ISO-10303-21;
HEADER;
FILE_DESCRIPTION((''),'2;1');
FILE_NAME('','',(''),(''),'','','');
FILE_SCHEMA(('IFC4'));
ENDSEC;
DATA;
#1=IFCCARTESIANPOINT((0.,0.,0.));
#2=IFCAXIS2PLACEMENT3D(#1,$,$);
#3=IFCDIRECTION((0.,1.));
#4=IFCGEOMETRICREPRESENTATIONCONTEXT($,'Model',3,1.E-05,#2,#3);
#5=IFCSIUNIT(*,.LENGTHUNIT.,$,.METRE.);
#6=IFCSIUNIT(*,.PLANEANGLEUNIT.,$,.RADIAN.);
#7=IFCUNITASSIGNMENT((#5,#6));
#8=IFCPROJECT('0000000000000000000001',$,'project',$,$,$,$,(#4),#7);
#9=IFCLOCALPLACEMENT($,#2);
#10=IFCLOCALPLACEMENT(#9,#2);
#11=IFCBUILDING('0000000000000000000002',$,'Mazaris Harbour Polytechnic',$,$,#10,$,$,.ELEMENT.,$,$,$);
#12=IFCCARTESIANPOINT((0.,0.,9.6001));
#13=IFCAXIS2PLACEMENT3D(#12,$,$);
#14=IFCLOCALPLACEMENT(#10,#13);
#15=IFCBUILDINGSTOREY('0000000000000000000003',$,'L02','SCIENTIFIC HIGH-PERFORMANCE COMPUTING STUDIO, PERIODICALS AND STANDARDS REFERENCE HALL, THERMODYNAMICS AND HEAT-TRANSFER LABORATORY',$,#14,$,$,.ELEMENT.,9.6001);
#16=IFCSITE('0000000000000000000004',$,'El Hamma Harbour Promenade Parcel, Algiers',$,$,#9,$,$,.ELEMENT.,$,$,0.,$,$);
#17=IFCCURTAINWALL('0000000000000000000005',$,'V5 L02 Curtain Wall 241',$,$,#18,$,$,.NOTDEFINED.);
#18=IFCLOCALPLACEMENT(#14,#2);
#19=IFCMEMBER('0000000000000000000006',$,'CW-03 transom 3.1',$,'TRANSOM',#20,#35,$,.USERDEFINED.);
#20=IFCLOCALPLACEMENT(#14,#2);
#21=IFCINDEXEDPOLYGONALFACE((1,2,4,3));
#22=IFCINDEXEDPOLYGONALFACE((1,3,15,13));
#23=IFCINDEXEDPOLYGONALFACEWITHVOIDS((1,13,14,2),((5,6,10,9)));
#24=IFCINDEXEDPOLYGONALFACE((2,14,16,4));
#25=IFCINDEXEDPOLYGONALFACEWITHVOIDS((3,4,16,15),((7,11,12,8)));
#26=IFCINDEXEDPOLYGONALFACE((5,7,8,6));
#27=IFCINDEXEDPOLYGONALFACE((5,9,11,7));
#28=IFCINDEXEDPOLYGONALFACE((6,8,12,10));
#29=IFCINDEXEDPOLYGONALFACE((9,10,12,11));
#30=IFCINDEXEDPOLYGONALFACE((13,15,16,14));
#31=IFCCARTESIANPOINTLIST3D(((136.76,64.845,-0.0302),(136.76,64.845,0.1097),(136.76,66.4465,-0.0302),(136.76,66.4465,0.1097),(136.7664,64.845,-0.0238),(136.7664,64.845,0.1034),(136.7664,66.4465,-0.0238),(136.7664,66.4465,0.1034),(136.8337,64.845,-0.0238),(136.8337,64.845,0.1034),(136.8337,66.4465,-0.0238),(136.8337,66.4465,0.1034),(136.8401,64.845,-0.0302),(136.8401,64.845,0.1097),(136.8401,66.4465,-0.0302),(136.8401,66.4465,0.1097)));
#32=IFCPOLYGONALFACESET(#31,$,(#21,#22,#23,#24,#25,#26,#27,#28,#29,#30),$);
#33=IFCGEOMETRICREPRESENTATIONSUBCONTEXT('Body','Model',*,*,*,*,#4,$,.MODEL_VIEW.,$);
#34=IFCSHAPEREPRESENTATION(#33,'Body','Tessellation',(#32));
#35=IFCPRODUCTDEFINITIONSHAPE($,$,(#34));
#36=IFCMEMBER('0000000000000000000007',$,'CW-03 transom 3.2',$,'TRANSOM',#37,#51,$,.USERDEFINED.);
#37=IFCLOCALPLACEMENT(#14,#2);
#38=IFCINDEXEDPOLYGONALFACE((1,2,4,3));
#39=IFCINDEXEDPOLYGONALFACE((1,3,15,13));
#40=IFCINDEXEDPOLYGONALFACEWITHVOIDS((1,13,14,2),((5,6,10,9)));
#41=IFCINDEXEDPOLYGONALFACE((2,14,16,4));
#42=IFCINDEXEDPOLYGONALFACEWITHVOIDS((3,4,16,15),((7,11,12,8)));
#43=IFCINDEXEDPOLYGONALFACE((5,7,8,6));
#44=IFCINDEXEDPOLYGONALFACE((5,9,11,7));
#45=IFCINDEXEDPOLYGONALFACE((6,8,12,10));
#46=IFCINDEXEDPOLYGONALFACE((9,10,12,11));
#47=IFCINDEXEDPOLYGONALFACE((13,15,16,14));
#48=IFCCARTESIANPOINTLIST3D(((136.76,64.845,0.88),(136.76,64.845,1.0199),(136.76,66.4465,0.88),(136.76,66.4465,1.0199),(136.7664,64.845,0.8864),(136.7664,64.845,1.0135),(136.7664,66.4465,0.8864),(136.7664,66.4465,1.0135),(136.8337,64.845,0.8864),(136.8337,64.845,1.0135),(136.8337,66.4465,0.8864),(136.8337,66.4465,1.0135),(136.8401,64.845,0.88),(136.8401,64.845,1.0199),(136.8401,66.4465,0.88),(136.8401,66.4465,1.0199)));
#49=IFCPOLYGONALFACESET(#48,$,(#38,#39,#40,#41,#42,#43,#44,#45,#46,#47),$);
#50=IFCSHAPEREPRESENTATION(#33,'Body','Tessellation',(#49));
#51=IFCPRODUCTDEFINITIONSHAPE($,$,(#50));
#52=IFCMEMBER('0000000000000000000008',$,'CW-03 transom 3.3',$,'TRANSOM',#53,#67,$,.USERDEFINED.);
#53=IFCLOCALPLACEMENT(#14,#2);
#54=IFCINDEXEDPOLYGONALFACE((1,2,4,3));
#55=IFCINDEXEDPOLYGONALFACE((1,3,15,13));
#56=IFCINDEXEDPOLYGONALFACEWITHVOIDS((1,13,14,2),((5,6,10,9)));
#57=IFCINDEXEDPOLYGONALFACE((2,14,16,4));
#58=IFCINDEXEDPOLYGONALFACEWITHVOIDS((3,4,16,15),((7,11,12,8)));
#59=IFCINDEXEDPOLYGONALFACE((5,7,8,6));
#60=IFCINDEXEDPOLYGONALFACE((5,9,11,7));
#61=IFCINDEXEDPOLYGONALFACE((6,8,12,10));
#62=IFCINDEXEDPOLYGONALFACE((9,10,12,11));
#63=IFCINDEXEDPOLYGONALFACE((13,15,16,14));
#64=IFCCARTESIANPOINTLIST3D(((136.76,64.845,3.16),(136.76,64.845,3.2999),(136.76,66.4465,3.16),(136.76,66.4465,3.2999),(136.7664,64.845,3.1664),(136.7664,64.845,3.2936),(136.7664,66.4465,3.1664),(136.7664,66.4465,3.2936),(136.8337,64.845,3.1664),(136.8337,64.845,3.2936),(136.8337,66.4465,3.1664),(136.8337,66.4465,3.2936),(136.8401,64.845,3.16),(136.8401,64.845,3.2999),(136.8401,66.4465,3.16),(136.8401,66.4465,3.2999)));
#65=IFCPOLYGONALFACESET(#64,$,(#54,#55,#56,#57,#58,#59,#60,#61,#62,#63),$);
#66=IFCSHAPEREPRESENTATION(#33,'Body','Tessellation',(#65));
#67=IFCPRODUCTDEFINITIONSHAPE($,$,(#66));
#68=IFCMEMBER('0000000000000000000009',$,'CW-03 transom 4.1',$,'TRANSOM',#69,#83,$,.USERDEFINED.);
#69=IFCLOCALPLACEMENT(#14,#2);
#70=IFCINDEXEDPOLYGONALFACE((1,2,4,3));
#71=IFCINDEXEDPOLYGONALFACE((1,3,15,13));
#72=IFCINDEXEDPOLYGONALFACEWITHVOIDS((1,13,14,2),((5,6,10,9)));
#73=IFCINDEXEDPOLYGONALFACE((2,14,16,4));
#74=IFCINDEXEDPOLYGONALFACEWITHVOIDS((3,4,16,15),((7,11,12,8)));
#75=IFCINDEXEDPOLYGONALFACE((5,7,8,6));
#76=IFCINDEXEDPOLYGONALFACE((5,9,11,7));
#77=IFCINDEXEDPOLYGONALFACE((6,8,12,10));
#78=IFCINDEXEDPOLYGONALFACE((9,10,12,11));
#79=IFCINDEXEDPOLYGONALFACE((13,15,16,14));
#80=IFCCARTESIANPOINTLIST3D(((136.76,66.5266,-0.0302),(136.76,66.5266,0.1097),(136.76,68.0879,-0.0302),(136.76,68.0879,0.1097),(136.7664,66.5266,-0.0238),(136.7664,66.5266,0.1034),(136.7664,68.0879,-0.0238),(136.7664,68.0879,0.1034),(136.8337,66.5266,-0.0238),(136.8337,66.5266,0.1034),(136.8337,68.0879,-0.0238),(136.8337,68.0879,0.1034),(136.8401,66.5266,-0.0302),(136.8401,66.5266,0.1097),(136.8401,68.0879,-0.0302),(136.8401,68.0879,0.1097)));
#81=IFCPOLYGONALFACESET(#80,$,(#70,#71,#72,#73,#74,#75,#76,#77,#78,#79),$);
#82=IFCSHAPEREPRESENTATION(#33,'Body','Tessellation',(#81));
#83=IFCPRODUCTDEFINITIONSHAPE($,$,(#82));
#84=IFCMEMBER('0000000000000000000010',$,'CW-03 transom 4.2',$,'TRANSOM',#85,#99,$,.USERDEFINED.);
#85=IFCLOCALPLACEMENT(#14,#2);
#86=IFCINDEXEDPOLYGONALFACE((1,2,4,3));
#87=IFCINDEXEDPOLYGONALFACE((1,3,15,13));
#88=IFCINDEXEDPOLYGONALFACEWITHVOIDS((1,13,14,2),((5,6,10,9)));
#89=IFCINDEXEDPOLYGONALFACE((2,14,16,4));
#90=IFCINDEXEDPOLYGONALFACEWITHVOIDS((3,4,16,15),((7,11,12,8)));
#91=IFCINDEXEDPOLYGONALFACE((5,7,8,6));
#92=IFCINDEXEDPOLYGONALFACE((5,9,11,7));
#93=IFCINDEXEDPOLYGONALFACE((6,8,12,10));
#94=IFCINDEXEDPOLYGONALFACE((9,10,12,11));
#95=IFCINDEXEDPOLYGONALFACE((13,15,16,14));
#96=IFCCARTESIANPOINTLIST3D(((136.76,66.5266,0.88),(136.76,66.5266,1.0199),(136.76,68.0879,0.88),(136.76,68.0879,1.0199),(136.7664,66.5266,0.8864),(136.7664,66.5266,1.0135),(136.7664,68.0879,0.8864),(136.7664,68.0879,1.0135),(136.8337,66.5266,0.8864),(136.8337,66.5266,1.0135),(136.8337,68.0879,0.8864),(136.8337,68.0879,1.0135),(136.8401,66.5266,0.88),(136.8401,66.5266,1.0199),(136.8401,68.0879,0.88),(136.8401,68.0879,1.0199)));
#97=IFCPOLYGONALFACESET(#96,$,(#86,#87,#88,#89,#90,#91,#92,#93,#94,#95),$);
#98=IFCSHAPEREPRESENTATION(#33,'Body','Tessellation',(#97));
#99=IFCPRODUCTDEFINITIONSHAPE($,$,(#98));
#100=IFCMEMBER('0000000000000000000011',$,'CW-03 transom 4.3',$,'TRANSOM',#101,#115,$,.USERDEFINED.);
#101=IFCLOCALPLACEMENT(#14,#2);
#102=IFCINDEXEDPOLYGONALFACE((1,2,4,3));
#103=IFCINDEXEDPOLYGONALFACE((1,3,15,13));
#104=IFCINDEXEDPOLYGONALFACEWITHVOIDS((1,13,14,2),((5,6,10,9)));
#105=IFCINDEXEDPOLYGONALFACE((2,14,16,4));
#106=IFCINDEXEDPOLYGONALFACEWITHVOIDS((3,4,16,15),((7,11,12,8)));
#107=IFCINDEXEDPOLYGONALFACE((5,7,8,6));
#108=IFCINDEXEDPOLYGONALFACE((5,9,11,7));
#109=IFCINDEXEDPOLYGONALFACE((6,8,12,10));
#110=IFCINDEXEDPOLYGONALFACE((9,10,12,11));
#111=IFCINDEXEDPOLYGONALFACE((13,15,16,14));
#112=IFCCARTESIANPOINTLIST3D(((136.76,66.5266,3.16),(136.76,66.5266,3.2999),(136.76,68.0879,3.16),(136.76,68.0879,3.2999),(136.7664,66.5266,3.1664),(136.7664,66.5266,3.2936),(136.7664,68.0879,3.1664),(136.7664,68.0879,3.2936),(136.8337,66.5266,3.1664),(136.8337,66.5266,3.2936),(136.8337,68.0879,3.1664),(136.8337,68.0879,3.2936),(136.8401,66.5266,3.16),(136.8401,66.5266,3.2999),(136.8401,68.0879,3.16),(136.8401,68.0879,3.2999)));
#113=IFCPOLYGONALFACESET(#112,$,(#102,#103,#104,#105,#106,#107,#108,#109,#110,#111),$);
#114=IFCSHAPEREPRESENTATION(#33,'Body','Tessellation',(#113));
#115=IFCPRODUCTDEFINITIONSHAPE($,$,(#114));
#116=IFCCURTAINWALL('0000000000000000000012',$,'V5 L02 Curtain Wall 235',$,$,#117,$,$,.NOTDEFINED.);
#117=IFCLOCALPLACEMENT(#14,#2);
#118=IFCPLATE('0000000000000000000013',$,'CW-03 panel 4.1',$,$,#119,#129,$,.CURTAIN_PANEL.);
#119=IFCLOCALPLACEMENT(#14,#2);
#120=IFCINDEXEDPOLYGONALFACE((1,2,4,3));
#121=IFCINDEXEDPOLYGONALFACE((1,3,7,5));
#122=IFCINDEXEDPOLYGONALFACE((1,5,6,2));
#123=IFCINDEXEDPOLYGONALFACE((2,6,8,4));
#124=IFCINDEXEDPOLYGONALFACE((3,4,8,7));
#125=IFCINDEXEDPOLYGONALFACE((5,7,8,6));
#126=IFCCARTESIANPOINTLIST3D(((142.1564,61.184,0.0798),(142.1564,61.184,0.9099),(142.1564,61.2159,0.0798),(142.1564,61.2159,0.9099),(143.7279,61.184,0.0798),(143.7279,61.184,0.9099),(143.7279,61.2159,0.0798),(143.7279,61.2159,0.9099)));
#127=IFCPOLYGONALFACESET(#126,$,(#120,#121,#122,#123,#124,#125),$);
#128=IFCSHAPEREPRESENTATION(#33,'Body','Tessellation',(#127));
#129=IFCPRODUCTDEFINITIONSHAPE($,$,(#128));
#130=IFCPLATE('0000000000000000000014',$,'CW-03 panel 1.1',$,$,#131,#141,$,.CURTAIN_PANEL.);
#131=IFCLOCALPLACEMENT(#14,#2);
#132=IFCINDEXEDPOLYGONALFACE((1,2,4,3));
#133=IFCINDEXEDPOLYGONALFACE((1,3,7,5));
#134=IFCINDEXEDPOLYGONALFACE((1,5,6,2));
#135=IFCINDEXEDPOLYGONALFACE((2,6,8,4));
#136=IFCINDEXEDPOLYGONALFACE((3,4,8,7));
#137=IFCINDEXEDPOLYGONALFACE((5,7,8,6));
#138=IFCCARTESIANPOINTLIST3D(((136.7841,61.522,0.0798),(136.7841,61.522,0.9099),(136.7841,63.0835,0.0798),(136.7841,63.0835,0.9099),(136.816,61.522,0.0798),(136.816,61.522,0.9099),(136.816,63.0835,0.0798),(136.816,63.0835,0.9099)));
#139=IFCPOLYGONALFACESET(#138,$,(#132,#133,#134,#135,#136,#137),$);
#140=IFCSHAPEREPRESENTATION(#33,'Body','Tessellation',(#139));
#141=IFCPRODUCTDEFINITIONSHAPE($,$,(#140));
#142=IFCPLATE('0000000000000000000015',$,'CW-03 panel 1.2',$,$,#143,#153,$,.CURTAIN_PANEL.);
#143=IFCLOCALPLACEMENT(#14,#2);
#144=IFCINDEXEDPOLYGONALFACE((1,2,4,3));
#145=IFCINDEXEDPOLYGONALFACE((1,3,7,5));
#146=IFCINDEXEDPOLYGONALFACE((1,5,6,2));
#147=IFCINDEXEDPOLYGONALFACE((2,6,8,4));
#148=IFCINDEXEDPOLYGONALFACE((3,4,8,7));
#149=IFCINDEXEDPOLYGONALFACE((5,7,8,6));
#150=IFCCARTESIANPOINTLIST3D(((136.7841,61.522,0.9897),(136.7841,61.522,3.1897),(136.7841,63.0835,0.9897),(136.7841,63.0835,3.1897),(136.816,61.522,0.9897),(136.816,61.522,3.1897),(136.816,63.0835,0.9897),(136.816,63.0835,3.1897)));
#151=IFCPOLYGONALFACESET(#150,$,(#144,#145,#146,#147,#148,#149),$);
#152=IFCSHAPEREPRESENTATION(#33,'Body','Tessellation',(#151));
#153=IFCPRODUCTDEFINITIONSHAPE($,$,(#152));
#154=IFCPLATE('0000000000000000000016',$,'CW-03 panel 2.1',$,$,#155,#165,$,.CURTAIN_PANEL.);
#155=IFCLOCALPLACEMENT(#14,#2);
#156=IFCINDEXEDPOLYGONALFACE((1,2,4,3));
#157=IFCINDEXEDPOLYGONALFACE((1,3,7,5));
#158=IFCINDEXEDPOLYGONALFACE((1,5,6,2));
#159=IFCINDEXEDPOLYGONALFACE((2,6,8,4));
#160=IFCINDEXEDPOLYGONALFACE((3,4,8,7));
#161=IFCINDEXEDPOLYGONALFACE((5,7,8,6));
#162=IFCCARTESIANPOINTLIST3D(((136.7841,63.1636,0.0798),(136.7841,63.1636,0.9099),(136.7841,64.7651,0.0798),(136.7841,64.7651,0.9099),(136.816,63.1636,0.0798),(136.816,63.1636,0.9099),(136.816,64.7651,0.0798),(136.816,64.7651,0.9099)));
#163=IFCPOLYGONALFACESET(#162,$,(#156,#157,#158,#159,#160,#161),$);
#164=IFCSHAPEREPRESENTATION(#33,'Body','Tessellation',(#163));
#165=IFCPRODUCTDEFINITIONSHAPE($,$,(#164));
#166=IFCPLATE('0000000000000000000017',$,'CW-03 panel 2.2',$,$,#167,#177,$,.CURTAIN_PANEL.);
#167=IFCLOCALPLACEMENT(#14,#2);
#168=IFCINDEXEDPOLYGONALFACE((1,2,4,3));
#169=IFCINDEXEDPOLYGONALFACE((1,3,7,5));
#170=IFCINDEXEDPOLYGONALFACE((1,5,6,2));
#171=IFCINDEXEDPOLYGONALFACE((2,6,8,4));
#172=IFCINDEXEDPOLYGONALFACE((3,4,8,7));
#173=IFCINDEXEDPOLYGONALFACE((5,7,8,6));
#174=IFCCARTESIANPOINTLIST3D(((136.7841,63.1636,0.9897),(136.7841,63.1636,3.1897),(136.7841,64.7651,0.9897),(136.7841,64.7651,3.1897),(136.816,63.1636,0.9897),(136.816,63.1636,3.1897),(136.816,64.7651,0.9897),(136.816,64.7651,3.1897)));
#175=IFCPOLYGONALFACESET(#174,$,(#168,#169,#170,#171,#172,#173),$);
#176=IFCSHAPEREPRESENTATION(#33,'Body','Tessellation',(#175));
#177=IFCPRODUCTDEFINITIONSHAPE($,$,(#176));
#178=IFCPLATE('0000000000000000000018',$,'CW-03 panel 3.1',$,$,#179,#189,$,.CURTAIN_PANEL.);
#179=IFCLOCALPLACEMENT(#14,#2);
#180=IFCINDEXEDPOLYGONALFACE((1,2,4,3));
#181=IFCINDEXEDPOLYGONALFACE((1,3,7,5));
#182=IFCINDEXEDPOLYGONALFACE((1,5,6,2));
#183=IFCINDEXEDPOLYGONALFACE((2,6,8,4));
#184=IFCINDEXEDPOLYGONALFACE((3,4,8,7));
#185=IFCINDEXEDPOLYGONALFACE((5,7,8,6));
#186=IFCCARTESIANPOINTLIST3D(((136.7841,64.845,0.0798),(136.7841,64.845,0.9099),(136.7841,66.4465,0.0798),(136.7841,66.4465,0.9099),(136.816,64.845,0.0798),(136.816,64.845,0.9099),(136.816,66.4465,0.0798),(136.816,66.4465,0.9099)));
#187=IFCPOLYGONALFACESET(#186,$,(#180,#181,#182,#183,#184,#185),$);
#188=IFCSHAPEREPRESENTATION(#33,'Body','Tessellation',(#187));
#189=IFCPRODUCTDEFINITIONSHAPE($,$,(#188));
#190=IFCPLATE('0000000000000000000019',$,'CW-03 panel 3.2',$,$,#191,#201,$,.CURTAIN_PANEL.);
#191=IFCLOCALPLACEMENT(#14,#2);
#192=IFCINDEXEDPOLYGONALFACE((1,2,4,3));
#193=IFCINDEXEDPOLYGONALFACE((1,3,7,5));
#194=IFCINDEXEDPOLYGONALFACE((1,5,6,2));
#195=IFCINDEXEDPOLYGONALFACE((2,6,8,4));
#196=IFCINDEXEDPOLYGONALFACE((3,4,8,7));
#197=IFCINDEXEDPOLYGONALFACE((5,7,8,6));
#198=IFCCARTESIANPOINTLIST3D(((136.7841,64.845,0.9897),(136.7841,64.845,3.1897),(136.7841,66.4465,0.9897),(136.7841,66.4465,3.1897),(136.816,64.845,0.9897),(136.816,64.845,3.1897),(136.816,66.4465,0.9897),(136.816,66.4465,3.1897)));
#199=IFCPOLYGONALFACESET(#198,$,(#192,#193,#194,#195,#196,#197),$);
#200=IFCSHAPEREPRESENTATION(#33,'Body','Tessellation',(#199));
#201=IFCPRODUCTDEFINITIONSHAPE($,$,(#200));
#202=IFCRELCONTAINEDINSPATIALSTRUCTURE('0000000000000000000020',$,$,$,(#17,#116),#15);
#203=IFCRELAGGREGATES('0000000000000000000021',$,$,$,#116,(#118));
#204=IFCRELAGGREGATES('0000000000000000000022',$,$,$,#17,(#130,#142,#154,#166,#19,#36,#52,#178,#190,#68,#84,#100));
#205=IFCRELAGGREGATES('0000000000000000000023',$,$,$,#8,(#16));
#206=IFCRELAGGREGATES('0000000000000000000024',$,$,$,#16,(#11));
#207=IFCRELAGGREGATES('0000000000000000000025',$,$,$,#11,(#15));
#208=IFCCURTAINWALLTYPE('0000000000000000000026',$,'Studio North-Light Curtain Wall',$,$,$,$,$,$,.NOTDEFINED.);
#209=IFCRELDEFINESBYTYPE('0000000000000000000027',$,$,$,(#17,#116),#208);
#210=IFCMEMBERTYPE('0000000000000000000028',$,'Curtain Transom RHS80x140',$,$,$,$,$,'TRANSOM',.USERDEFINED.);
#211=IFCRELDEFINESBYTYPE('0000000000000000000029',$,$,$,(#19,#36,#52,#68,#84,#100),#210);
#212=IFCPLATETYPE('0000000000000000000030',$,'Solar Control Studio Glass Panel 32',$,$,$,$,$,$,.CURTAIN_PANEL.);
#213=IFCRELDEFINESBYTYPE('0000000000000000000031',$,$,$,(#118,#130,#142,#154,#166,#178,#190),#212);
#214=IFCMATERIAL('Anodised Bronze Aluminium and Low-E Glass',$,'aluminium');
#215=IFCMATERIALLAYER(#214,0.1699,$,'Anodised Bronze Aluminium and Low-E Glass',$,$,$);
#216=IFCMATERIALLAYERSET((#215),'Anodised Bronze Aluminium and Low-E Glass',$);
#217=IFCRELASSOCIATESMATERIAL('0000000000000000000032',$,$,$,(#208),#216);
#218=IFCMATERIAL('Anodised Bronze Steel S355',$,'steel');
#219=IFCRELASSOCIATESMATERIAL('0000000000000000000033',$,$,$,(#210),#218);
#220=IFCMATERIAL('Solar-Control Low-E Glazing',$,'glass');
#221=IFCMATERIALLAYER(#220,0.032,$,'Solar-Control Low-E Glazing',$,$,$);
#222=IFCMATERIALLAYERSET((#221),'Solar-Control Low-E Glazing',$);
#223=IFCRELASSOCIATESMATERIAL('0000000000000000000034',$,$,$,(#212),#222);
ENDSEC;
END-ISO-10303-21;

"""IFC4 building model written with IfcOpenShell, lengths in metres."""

from ifc_helpers import new_model, si_unit, direction, frame, origin, origin_2d, place, context, subcontext, project, spatial, rectangle, hollow_rectangle, extrude, material, layer, layer_set, material_profile, profile_set, type_object, element, aggregate, save


model = new_model("IFC4")

# Units and contexts
model_context = context("Model", 3, precision=1e-05, world=origin(), true_north=direction((0.0, 1.0)))
body_context = subcontext(model_context, "Body", "Model", "MODEL_VIEW")
ifc_project = project(units=[si_unit("LENGTHUNIT", "METRE"), si_unit("PLANEANGLEUNIT", "RADIAN")], contexts=[model_context])

# Site, building, storey
site_placement = place(None, origin())
site = spatial("IfcSite", under=ifc_project, at=site_placement, Name="El Hamma Harbour Promenade Parcel, Algiers", CompositionType="ELEMENT", RefElevation=0.0)
building_placement = place(site_placement, origin())
building = spatial("IfcBuilding", under=site, at=building_placement, Name="Mazaris Harbour Polytechnic", CompositionType="ELEMENT")
storey_placement = place(building_placement, frame((0.0, 0.0, 9.6001)))
storey = spatial("IfcBuildingStorey", under=building, at=storey_placement, Name="L02", Description="SCIENTIFIC HIGH-PERFORMANCE COMPUTING STUDIO, PERIODICALS AND STANDARDS REFERENCE HALL, THERMODYNAMICS AND HEAT-TRANSFER LABORATORY", CompositionType="ELEMENT", Elevation=9.6001)

# Curtain wall, members
ifc_material_1 = material(Name="Anodised Bronze Aluminium and Low-E Glass", Category="aluminium")
ifc_layer_1 = layer(ifc_material_1, 0.1699, Name="Anodised Bronze Aluminium and Low-E Glass")
ifc_layer_set_1 = layer_set([ifc_layer_1], Name="Anodised Bronze Aluminium and Low-E Glass")
curtain_wall_type = type_object("IfcCurtainWallType", Name="Studio North-Light Curtain Wall", PredefinedType="NOTDEFINED", material=ifc_layer_set_1)
curtain_wall_1_placement = place(storey_placement, origin())
curtain_wall_1 = element("IfcCurtainWall", 1, at=curtain_wall_1_placement, inside=storey, type_object=curtain_wall_type, Name="V5 L02 Curtain Wall 241", PredefinedType="NOTDEFINED")
ifc_material_2 = material(Name="Anodised Bronze Steel S355", Category="steel")
ifc_material_profile_1 = material_profile(ifc_material_2, hollow_rectangle(XDim=0.0801, YDim=0.1399, WallThickness=0.0063, at=origin_2d()), Name="RHS 80x140x6.3")
ifc_profile_set_1 = profile_set([ifc_material_profile_1], Name="Anodised Bronze Steel S355")
member_type_1 = type_object("IfcMemberType", Name="Curtain Transom RHS80x140", ElementType="TRANSOM", PredefinedType="USERDEFINED", material=ifc_profile_set_1)
member_1_placement = place(storey_placement, frame((136.8, 64.845, 0.0398), z_axis=(0.0, 1.0, 0.0), x_axis=(-1.0, 0.0, 0.0)))
member_1 = element("IfcMember", 2, at=member_1_placement, type_object=member_type_1, Name="CW-03 transom 3.1", ObjectType="TRANSOM", PredefinedType="USERDEFINED", context=body_context, shape_type="SweptSolid", body=[
    extrude(hollow_rectangle(XDim=0.0801, YDim=0.1399, WallThickness=0.0063, at=origin_2d()), origin(), (0.0, 0.0, 1.0), 1.6016),
])
member_2_placement = place(storey_placement, frame((136.8, 64.845, 0.95), z_axis=(0.0, 1.0, 0.0), x_axis=(-1.0, 0.0, 0.0)))
member_2 = element("IfcMember", 3, at=member_2_placement, type_object=member_type_1, Name="CW-03 transom 3.2", ObjectType="TRANSOM", PredefinedType="USERDEFINED", context=body_context, shape_type="SweptSolid", body=[
    extrude(hollow_rectangle(XDim=0.0801, YDim=0.1399, WallThickness=0.0063, at=origin_2d()), origin(), (0.0, 0.0, 1.0), 1.6016),
])
member_3_placement = place(storey_placement, frame((136.8, 64.845, 3.23), z_axis=(0.0, 1.0, 0.0), x_axis=(-1.0, 0.0, 0.0)))
member_3 = element("IfcMember", 4, at=member_3_placement, type_object=member_type_1, Name="CW-03 transom 3.3", ObjectType="TRANSOM", PredefinedType="USERDEFINED", context=body_context, shape_type="SweptSolid", body=[
    extrude(hollow_rectangle(XDim=0.0801, YDim=0.1399, WallThickness=0.0063, at=origin_2d()), origin(), (0.0, 0.0, 1.0), 1.6016),
])
member_4_placement = place(storey_placement, frame((136.8, 66.5266, 0.0398), z_axis=(0.0, 1.0, 0.0), x_axis=(-1.0, 0.0, 0.0)))
member_4 = element("IfcMember", 5, at=member_4_placement, type_object=member_type_1, Name="CW-03 transom 4.1", ObjectType="TRANSOM", PredefinedType="USERDEFINED", context=body_context, shape_type="SweptSolid", body=[
    extrude(hollow_rectangle(XDim=0.0801, YDim=0.1399, WallThickness=0.0063, at=origin_2d()), origin(), (0.0, 0.0, 1.0), 1.5613),
])
member_5_placement = place(storey_placement, frame((136.8, 66.5266, 0.95), z_axis=(0.0, 1.0, 0.0), x_axis=(-1.0, 0.0, 0.0)))
member_5 = element("IfcMember", 6, at=member_5_placement, type_object=member_type_1, Name="CW-03 transom 4.2", ObjectType="TRANSOM", PredefinedType="USERDEFINED", context=body_context, shape_type="SweptSolid", body=[
    extrude(hollow_rectangle(XDim=0.0801, YDim=0.1399, WallThickness=0.0063, at=origin_2d()), origin(), (0.0, 0.0, 1.0), 1.5613),
])
member_6_placement = place(storey_placement, frame((136.8, 66.5266, 3.23), z_axis=(0.0, 1.0, 0.0), x_axis=(-1.0, 0.0, 0.0)))
member_6 = element("IfcMember", 7, at=member_6_placement, type_object=member_type_1, Name="CW-03 transom 4.3", ObjectType="TRANSOM", PredefinedType="USERDEFINED", context=body_context, shape_type="SweptSolid", body=[
    extrude(hollow_rectangle(XDim=0.0801, YDim=0.1399, WallThickness=0.0063, at=origin_2d()), origin(), (0.0, 0.0, 1.0), 1.5613),
])

# Curtain wall, plate
curtain_wall_2_placement = place(storey_placement, origin())
curtain_wall_2 = element("IfcCurtainWall", 8, at=curtain_wall_2_placement, inside=storey, type_object=curtain_wall_type, Name="V5 L02 Curtain Wall 235", PredefinedType="NOTDEFINED")
ifc_material_3 = material(Name="Solar-Control Low-E Glazing", Category="glass")
ifc_layer_2 = layer(ifc_material_3, 0.032, Name="Solar-Control Low-E Glazing")
ifc_layer_set_2 = layer_set([ifc_layer_2], Name="Solar-Control Low-E Glazing")
plate_type = type_object("IfcPlateType", Name="Solar Control Studio Glass Panel 32", PredefinedType="CURTAIN_PANEL", material=ifc_layer_set_2)
plate_1_placement = place(storey_placement, frame((142.9421, 61.2, 0.0798), z_axis=(0.0, 0.0, 1.0), x_axis=(1.0, 0.0, 0.0)))
plate_1 = element("IfcPlate", 9, at=plate_1_placement, type_object=plate_type, Name="CW-03 panel 4.1", PredefinedType="CURTAIN_PANEL", context=body_context, shape_type="SweptSolid", body=[
    extrude(rectangle(XDim=1.5715, YDim=0.032, at=origin_2d()), origin(), (0.0, 0.0, 1.0), 0.8301),
])
aggregate(curtain_wall_2, [plate_1])

# Plates
plate_2_placement = place(storey_placement, frame((136.8, 62.3027, 0.0798), z_axis=(0.0, 0.0, 1.0), x_axis=(0.0, 1.0, 0.0)))
plate_2 = element("IfcPlate", 10, at=plate_2_placement, type_object=plate_type, Name="CW-03 panel 1.1", PredefinedType="CURTAIN_PANEL", context=body_context, shape_type="SweptSolid", body=[
    extrude(rectangle(XDim=1.5615, YDim=0.032, at=origin_2d()), origin(), (0.0, 0.0, 1.0), 0.8301),
])
plate_3_placement = place(storey_placement, frame((136.8, 62.3027, 0.9897), z_axis=(0.0, 0.0, 1.0), x_axis=(0.0, 1.0, 0.0)))
plate_3 = element("IfcPlate", 11, at=plate_3_placement, type_object=plate_type, Name="CW-03 panel 1.2", PredefinedType="CURTAIN_PANEL", context=body_context, shape_type="SweptSolid", body=[
    extrude(rectangle(XDim=1.5615, YDim=0.032, at=origin_2d()), origin(), (0.0, 0.0, 1.0), 2.2),
])
plate_4_placement = place(storey_placement, frame((136.8, 63.9644, 0.0798), z_axis=(0.0, 0.0, 1.0), x_axis=(0.0, 1.0, 0.0)))
plate_4 = element("IfcPlate", 12, at=plate_4_placement, type_object=plate_type, Name="CW-03 panel 2.1", PredefinedType="CURTAIN_PANEL", context=body_context, shape_type="SweptSolid", body=[
    extrude(rectangle(XDim=1.6016, YDim=0.032, at=origin_2d()), origin(), (0.0, 0.0, 1.0), 0.8301),
])
plate_5_placement = place(storey_placement, frame((136.8, 63.9644, 0.9897), z_axis=(0.0, 0.0, 1.0), x_axis=(0.0, 1.0, 0.0)))
plate_5 = element("IfcPlate", 13, at=plate_5_placement, type_object=plate_type, Name="CW-03 panel 2.2", PredefinedType="CURTAIN_PANEL", context=body_context, shape_type="SweptSolid", body=[
    extrude(rectangle(XDim=1.6016, YDim=0.032, at=origin_2d()), origin(), (0.0, 0.0, 1.0), 2.2),
])
plate_6_placement = place(storey_placement, frame((136.8, 65.6458, 0.0798), z_axis=(0.0, 0.0, 1.0), x_axis=(0.0, 1.0, 0.0)))
plate_6 = element("IfcPlate", 14, at=plate_6_placement, type_object=plate_type, Name="CW-03 panel 3.1", PredefinedType="CURTAIN_PANEL", context=body_context, shape_type="SweptSolid", body=[
    extrude(rectangle(XDim=1.6016, YDim=0.032, at=origin_2d()), origin(), (0.0, 0.0, 1.0), 0.8301),
])
plate_7_placement = place(storey_placement, frame((136.8, 65.6458, 0.9897), z_axis=(0.0, 0.0, 1.0), x_axis=(0.0, 1.0, 0.0)))
plate_7 = element("IfcPlate", 15, at=plate_7_placement, type_object=plate_type, Name="CW-03 panel 3.2", PredefinedType="CURTAIN_PANEL", context=body_context, shape_type="SweptSolid", body=[
    extrude(rectangle(XDim=1.6016, YDim=0.032, at=origin_2d()), origin(), (0.0, 0.0, 1.0), 2.2),
])
aggregate(curtain_wall_1, [plate_2, plate_3, plate_4, plate_5, member_1, member_2, member_3, plate_6, plate_7, member_4, member_5, member_6])

save(model, "model.ifc")
